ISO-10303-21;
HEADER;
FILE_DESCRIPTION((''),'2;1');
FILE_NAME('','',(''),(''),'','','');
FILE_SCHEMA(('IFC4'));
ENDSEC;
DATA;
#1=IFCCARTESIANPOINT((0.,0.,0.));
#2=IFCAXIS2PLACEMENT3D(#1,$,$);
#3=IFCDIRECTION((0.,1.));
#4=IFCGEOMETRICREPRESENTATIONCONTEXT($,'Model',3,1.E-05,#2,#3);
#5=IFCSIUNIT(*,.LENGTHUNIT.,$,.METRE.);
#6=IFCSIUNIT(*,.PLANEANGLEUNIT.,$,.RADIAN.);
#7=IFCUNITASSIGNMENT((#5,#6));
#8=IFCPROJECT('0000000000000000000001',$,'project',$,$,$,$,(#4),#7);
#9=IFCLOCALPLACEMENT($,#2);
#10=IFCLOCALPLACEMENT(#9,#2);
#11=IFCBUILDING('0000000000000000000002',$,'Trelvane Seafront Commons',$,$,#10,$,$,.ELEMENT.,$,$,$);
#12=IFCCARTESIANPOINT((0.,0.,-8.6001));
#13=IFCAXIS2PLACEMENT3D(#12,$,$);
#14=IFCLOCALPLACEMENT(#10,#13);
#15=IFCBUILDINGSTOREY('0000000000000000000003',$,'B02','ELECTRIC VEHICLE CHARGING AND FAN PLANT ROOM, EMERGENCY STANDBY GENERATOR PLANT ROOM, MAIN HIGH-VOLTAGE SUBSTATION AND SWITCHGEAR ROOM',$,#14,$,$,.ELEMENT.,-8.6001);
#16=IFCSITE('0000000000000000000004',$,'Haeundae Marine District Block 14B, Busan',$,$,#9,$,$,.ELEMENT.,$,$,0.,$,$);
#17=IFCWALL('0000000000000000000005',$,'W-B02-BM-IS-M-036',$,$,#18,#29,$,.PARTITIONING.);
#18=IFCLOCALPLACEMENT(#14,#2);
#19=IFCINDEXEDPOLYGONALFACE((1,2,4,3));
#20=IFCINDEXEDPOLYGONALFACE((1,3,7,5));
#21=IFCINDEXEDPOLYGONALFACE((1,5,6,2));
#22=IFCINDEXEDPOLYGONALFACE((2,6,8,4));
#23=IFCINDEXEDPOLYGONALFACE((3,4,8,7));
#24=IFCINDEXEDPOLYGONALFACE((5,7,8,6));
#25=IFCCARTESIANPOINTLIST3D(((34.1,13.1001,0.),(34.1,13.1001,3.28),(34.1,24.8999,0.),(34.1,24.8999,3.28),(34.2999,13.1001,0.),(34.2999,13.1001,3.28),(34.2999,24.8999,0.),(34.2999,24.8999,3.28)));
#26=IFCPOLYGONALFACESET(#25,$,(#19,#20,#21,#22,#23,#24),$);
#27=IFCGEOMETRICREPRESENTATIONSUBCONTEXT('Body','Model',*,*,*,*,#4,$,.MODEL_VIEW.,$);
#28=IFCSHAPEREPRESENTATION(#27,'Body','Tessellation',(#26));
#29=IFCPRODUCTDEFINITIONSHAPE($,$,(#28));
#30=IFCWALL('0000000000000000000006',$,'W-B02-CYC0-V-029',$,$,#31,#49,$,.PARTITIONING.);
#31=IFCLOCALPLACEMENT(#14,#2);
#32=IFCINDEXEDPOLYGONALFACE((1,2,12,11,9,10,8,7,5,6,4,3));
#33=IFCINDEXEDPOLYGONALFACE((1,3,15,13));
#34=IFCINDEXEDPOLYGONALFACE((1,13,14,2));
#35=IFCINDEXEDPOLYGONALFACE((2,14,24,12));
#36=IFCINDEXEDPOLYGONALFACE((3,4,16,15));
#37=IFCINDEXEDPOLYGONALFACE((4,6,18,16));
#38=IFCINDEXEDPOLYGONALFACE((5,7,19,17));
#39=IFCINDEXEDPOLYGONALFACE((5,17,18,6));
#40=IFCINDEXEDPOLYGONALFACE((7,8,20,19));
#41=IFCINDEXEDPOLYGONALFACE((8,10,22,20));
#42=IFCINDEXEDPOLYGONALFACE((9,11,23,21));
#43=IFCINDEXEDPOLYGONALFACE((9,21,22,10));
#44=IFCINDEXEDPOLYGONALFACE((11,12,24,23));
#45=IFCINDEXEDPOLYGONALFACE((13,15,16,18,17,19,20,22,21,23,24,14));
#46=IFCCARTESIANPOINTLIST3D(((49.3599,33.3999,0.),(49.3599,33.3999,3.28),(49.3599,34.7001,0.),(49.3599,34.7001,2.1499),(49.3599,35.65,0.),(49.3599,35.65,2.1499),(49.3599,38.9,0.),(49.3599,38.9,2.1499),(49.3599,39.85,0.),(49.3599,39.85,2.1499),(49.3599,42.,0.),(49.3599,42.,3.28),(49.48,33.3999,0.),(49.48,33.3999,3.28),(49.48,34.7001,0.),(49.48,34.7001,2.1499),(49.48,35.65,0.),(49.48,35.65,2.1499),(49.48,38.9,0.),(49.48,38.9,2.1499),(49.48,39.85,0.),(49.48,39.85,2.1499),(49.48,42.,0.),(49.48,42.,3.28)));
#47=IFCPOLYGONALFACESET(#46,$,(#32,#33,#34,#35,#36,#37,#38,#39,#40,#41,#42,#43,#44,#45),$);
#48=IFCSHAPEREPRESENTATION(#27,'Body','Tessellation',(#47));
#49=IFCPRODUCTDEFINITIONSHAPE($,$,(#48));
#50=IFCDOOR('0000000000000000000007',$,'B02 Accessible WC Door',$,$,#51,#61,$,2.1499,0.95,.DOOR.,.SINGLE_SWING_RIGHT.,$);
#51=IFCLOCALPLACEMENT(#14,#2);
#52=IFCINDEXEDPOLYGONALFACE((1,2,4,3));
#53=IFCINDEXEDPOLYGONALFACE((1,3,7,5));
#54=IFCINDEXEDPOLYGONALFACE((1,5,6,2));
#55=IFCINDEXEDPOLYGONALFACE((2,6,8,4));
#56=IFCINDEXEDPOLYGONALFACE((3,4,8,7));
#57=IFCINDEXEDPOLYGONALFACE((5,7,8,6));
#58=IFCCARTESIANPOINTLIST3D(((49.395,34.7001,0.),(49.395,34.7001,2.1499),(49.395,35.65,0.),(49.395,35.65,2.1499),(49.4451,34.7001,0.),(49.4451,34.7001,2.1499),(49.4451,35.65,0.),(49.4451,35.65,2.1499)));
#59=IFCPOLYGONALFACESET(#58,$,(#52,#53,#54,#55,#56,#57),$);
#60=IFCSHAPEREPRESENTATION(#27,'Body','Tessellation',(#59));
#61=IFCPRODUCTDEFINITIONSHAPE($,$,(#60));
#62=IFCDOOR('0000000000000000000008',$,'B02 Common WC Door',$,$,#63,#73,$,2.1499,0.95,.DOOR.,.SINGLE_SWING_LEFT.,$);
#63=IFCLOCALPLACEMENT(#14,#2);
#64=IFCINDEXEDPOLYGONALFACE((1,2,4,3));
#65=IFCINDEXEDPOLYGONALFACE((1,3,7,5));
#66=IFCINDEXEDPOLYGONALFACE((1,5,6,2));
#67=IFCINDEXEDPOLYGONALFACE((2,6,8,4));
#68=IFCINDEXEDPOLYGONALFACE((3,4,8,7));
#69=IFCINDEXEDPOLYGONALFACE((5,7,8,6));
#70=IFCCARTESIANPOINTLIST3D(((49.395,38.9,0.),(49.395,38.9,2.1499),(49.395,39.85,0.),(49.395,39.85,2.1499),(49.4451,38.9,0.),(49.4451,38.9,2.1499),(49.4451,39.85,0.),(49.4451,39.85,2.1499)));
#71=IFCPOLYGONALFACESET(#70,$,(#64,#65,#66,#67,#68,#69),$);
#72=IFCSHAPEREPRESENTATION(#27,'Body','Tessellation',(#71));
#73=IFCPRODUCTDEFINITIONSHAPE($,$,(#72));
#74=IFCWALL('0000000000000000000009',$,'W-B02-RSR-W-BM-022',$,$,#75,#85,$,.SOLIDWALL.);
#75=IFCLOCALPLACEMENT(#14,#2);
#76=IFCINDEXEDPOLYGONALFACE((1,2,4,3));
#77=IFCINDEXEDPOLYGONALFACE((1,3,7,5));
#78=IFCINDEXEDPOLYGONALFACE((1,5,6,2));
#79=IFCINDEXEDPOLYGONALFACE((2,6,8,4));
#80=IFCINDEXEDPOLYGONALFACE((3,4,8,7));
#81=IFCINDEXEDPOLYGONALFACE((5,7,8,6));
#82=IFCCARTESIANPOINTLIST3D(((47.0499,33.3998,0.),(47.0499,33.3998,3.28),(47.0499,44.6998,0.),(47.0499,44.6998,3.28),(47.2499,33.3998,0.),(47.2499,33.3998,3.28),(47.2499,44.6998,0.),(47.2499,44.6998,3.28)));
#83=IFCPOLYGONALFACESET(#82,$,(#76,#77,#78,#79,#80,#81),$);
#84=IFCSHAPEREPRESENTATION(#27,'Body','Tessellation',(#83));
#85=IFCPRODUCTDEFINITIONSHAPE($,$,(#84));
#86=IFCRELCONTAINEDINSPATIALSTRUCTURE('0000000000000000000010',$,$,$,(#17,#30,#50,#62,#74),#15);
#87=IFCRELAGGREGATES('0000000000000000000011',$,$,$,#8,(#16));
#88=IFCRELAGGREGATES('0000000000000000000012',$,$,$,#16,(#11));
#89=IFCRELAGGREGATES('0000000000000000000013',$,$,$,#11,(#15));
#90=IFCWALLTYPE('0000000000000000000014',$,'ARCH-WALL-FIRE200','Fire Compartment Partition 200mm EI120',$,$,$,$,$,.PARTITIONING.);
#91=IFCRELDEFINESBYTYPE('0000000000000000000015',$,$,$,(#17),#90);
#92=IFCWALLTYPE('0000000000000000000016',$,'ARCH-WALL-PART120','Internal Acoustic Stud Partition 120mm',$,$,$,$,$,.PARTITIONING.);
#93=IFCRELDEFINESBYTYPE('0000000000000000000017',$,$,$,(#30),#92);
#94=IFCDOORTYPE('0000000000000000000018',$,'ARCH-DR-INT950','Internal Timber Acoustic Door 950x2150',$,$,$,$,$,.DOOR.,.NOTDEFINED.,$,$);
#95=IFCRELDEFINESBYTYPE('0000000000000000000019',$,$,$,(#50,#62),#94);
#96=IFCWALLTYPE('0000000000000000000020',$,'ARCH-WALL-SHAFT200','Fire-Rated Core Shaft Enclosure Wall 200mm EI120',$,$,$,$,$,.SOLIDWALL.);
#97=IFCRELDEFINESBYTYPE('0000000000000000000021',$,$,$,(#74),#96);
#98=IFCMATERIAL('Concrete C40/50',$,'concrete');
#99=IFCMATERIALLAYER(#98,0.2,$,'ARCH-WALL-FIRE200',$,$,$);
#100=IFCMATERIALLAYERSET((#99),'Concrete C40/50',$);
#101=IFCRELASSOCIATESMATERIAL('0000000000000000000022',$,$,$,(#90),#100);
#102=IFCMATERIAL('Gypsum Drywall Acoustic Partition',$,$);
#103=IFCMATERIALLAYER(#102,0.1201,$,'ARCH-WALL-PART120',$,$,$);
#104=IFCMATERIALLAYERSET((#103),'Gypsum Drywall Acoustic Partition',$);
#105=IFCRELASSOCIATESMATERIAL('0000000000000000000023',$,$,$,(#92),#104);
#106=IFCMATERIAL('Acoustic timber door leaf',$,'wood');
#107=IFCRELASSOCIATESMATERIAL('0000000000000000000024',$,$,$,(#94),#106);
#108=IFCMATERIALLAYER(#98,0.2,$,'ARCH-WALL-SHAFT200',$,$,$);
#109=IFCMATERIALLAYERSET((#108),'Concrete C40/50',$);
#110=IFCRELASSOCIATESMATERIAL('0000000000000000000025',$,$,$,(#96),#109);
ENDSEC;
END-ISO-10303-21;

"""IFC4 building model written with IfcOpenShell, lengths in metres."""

from ifc_helpers import new_model, si_unit, direction, frame, frame_2d, origin, place, context, subcontext, project, spatial, rectangle, extrude, source, transform, mapped, material, layer, layer_set, type_object, element, fill, save


model = new_model("IFC4")

# Units and contexts
model_context = context("Model", 3, precision=1e-05, world=origin(), true_north=direction((0.0, 1.0)))
body_context = subcontext(model_context, "Body", "Model", "MODEL_VIEW")
ifc_project = project(units=[si_unit("LENGTHUNIT", "METRE"), si_unit("PLANEANGLEUNIT", "RADIAN")], contexts=[model_context])

# Site, building, storey
site_placement = place(None, origin())
site = spatial("IfcSite", under=ifc_project, at=site_placement, Name="Haeundae Marine District Block 14B, Busan", CompositionType="ELEMENT", RefElevation=0.0)
building_placement = place(site_placement, origin())
building = spatial("IfcBuilding", under=site, at=building_placement, Name="Trelvane Seafront Commons", CompositionType="ELEMENT")
storey_placement = place(building_placement, frame((0.0, 0.0, -8.6001)))
storey = spatial("IfcBuildingStorey", under=building, at=storey_placement, Name="B02", Description="ELECTRIC VEHICLE CHARGING AND FAN PLANT ROOM, EMERGENCY STANDBY GENERATOR PLANT ROOM, MAIN HIGH-VOLTAGE SUBSTATION AND SWITCHGEAR ROOM", CompositionType="ELEMENT", Elevation=-8.6001)

# Wall
ifc_material_1 = material(Name="Concrete C40/50", Category="concrete")
ifc_layer_1 = layer(ifc_material_1, 0.2, Name="ARCH-WALL-FIRE200")
ifc_layer_set_1 = layer_set([ifc_layer_1], Name="Concrete C40/50")
wall_type_1 = type_object("IfcWallType", Name="ARCH-WALL-FIRE200", Description="Fire Compartment Partition 200mm EI120", PredefinedType="PARTITIONING", material=ifc_layer_set_1)
wall_1_placement = place(storey_placement, frame((34.2, 13.1001, 0.0), z_axis=(0.0, 0.0, 1.0), x_axis=(0.0, 1.0, 0.0)))
element("IfcWall", 1, at=wall_1_placement, inside=storey, type_object=wall_type_1, Name="W-B02-BM-IS-M-036", PredefinedType="PARTITIONING", context=body_context, shape_type="SweptSolid", body=[
    extrude(rectangle(XDim=11.7998, YDim=0.2, at=frame_2d((5.8999, 0.0))), origin(), (0.0, 0.0, 1.0), 3.28),
])

# Wall, openings, doors
shared_shape_1 = source(origin(), body_context, "Body", "SweptSolid", [
    extrude(rectangle(XDim=0.95, YDim=2.1499, at=frame_2d((0.4751, 1.075))), frame((0.0, 0.0249, 0.0), z_axis=(0.0, -1.0, 0.0), x_axis=(1.0, 0.0, 0.0)), (0.0, 0.0, 1.0), 0.05),
])
ifc_material_2 = material(Name="Gypsum Drywall Acoustic Partition")
ifc_layer_2 = layer(ifc_material_2, 0.1201, Name="ARCH-WALL-PART120")
ifc_layer_set_2 = layer_set([ifc_layer_2], Name="Gypsum Drywall Acoustic Partition")
wall_type_2 = type_object("IfcWallType", Name="ARCH-WALL-PART120", Description="Internal Acoustic Stud Partition 120mm", PredefinedType="PARTITIONING", material=ifc_layer_set_2)
wall_2_placement = place(storey_placement, frame((49.4199, 33.3999, 0.0), z_axis=(0.0, 0.0, 1.0), x_axis=(0.0, 1.0, 0.0)))
wall_2 = element("IfcWall", 2, at=wall_2_placement, inside=storey, type_object=wall_type_2, Name="W-B02-CYC0-V-029", PredefinedType="PARTITIONING", context=body_context, shape_type="SweptSolid", body=[
    extrude(rectangle(XDim=8.6001, YDim=0.1201, at=frame_2d((4.3, 0.0))), origin(), (0.0, 0.0, 1.0), 3.28),
])
opening_1_placement = place(wall_2_placement, frame((1.3, 0.0, 0.0)))
opening_1 = element("IfcOpeningElement", 3, at=opening_1_placement, cuts=wall_2, PredefinedType="OPENING", context=body_context, shape_type="SweptSolid", body=[
    extrude(rectangle(XDim=0.95, YDim=2.1499, at=frame_2d((0.4751, 1.075))), frame((0.0, 0.0701, 0.0), z_axis=(0.0, -1.0, 0.0), x_axis=(1.0, 0.0, 0.0)), (0.0, 0.0, 1.0), 0.1401),
])
opening_2_placement = place(wall_2_placement, frame((5.5, 0.0, 0.0)))
opening_2 = element("IfcOpeningElement", 4, at=opening_2_placement, cuts=wall_2, PredefinedType="OPENING", context=body_context, shape_type="SweptSolid", body=[
    extrude(rectangle(XDim=0.95, YDim=2.1499, at=frame_2d((0.4751, 1.075))), frame((0.0, 0.0701, 0.0), z_axis=(0.0, -1.0, 0.0), x_axis=(1.0, 0.0, 0.0)), (0.0, 0.0, 1.0), 0.1401),
])
ifc_material_3 = material(Name="Acoustic timber door leaf", Category="wood")
door_type_1 = type_object("IfcDoorType", Name="ARCH-DR-INT950", Description="Internal Timber Acoustic Door 950x2150", OperationType="NOTDEFINED", PredefinedType="DOOR", material=ifc_material_3)
door_1_placement = place(opening_1_placement, origin())
door_1 = element("IfcDoor", 5, at=door_1_placement, inside=storey, type_object=door_type_1, Name="B02 Accessible WC Door", OperationType="SINGLE_SWING_RIGHT", OverallHeight=2.1499, OverallWidth=0.95, PredefinedType="DOOR", context=body_context, shape_type="MappedRepresentation", body=[
    mapped(shared_shape_1, transform((0.0, 0.0, 0.0), x_axis=(1.0, 0.0, 0.0), y_axis=(0.0, 1.0, 0.0), z_axis=(0.0, 0.0, 1.0), scale=1.0)),
])
fill(opening_1, door_1)
door_2_placement = place(opening_2_placement, origin())
door_2 = element("IfcDoor", 6, at=door_2_placement, inside=storey, type_object=door_type_1, Name="B02 Common WC Door", OperationType="SINGLE_SWING_LEFT", OverallHeight=2.1499, OverallWidth=0.95, PredefinedType="DOOR", context=body_context, shape_type="MappedRepresentation", body=[
    mapped(shared_shape_1, transform((0.0, 0.0, 0.0), x_axis=(1.0, 0.0, 0.0), y_axis=(0.0, 1.0, 0.0), z_axis=(0.0, 0.0, 1.0), scale=1.0)),
])
fill(opening_2, door_2)

# Wall
ifc_layer_3 = layer(ifc_material_1, 0.2, Name="ARCH-WALL-SHAFT200")
ifc_layer_set_3 = layer_set([ifc_layer_3], Name="Concrete C40/50")
wall_type_3 = type_object("IfcWallType", Name="ARCH-WALL-SHAFT200", Description="Fire-Rated Core Shaft Enclosure Wall 200mm EI120", PredefinedType="SOLIDWALL", material=ifc_layer_set_3)
wall_3_placement = place(storey_placement, frame((47.1499, 33.3999, 0.0), z_axis=(0.0, 0.0, 1.0), x_axis=(0.0, 1.0, 0.0)))
element("IfcWall", 7, at=wall_3_placement, inside=storey, type_object=wall_type_3, Name="W-B02-RSR-W-BM-022", PredefinedType="SOLIDWALL", context=body_context, shape_type="SweptSolid", body=[
    extrude(rectangle(XDim=11.3, YDim=0.2, at=frame_2d((5.6499, 0.0))), origin(), (0.0, 0.0, 1.0), 3.28),
])

save(model, "model.ifc")
